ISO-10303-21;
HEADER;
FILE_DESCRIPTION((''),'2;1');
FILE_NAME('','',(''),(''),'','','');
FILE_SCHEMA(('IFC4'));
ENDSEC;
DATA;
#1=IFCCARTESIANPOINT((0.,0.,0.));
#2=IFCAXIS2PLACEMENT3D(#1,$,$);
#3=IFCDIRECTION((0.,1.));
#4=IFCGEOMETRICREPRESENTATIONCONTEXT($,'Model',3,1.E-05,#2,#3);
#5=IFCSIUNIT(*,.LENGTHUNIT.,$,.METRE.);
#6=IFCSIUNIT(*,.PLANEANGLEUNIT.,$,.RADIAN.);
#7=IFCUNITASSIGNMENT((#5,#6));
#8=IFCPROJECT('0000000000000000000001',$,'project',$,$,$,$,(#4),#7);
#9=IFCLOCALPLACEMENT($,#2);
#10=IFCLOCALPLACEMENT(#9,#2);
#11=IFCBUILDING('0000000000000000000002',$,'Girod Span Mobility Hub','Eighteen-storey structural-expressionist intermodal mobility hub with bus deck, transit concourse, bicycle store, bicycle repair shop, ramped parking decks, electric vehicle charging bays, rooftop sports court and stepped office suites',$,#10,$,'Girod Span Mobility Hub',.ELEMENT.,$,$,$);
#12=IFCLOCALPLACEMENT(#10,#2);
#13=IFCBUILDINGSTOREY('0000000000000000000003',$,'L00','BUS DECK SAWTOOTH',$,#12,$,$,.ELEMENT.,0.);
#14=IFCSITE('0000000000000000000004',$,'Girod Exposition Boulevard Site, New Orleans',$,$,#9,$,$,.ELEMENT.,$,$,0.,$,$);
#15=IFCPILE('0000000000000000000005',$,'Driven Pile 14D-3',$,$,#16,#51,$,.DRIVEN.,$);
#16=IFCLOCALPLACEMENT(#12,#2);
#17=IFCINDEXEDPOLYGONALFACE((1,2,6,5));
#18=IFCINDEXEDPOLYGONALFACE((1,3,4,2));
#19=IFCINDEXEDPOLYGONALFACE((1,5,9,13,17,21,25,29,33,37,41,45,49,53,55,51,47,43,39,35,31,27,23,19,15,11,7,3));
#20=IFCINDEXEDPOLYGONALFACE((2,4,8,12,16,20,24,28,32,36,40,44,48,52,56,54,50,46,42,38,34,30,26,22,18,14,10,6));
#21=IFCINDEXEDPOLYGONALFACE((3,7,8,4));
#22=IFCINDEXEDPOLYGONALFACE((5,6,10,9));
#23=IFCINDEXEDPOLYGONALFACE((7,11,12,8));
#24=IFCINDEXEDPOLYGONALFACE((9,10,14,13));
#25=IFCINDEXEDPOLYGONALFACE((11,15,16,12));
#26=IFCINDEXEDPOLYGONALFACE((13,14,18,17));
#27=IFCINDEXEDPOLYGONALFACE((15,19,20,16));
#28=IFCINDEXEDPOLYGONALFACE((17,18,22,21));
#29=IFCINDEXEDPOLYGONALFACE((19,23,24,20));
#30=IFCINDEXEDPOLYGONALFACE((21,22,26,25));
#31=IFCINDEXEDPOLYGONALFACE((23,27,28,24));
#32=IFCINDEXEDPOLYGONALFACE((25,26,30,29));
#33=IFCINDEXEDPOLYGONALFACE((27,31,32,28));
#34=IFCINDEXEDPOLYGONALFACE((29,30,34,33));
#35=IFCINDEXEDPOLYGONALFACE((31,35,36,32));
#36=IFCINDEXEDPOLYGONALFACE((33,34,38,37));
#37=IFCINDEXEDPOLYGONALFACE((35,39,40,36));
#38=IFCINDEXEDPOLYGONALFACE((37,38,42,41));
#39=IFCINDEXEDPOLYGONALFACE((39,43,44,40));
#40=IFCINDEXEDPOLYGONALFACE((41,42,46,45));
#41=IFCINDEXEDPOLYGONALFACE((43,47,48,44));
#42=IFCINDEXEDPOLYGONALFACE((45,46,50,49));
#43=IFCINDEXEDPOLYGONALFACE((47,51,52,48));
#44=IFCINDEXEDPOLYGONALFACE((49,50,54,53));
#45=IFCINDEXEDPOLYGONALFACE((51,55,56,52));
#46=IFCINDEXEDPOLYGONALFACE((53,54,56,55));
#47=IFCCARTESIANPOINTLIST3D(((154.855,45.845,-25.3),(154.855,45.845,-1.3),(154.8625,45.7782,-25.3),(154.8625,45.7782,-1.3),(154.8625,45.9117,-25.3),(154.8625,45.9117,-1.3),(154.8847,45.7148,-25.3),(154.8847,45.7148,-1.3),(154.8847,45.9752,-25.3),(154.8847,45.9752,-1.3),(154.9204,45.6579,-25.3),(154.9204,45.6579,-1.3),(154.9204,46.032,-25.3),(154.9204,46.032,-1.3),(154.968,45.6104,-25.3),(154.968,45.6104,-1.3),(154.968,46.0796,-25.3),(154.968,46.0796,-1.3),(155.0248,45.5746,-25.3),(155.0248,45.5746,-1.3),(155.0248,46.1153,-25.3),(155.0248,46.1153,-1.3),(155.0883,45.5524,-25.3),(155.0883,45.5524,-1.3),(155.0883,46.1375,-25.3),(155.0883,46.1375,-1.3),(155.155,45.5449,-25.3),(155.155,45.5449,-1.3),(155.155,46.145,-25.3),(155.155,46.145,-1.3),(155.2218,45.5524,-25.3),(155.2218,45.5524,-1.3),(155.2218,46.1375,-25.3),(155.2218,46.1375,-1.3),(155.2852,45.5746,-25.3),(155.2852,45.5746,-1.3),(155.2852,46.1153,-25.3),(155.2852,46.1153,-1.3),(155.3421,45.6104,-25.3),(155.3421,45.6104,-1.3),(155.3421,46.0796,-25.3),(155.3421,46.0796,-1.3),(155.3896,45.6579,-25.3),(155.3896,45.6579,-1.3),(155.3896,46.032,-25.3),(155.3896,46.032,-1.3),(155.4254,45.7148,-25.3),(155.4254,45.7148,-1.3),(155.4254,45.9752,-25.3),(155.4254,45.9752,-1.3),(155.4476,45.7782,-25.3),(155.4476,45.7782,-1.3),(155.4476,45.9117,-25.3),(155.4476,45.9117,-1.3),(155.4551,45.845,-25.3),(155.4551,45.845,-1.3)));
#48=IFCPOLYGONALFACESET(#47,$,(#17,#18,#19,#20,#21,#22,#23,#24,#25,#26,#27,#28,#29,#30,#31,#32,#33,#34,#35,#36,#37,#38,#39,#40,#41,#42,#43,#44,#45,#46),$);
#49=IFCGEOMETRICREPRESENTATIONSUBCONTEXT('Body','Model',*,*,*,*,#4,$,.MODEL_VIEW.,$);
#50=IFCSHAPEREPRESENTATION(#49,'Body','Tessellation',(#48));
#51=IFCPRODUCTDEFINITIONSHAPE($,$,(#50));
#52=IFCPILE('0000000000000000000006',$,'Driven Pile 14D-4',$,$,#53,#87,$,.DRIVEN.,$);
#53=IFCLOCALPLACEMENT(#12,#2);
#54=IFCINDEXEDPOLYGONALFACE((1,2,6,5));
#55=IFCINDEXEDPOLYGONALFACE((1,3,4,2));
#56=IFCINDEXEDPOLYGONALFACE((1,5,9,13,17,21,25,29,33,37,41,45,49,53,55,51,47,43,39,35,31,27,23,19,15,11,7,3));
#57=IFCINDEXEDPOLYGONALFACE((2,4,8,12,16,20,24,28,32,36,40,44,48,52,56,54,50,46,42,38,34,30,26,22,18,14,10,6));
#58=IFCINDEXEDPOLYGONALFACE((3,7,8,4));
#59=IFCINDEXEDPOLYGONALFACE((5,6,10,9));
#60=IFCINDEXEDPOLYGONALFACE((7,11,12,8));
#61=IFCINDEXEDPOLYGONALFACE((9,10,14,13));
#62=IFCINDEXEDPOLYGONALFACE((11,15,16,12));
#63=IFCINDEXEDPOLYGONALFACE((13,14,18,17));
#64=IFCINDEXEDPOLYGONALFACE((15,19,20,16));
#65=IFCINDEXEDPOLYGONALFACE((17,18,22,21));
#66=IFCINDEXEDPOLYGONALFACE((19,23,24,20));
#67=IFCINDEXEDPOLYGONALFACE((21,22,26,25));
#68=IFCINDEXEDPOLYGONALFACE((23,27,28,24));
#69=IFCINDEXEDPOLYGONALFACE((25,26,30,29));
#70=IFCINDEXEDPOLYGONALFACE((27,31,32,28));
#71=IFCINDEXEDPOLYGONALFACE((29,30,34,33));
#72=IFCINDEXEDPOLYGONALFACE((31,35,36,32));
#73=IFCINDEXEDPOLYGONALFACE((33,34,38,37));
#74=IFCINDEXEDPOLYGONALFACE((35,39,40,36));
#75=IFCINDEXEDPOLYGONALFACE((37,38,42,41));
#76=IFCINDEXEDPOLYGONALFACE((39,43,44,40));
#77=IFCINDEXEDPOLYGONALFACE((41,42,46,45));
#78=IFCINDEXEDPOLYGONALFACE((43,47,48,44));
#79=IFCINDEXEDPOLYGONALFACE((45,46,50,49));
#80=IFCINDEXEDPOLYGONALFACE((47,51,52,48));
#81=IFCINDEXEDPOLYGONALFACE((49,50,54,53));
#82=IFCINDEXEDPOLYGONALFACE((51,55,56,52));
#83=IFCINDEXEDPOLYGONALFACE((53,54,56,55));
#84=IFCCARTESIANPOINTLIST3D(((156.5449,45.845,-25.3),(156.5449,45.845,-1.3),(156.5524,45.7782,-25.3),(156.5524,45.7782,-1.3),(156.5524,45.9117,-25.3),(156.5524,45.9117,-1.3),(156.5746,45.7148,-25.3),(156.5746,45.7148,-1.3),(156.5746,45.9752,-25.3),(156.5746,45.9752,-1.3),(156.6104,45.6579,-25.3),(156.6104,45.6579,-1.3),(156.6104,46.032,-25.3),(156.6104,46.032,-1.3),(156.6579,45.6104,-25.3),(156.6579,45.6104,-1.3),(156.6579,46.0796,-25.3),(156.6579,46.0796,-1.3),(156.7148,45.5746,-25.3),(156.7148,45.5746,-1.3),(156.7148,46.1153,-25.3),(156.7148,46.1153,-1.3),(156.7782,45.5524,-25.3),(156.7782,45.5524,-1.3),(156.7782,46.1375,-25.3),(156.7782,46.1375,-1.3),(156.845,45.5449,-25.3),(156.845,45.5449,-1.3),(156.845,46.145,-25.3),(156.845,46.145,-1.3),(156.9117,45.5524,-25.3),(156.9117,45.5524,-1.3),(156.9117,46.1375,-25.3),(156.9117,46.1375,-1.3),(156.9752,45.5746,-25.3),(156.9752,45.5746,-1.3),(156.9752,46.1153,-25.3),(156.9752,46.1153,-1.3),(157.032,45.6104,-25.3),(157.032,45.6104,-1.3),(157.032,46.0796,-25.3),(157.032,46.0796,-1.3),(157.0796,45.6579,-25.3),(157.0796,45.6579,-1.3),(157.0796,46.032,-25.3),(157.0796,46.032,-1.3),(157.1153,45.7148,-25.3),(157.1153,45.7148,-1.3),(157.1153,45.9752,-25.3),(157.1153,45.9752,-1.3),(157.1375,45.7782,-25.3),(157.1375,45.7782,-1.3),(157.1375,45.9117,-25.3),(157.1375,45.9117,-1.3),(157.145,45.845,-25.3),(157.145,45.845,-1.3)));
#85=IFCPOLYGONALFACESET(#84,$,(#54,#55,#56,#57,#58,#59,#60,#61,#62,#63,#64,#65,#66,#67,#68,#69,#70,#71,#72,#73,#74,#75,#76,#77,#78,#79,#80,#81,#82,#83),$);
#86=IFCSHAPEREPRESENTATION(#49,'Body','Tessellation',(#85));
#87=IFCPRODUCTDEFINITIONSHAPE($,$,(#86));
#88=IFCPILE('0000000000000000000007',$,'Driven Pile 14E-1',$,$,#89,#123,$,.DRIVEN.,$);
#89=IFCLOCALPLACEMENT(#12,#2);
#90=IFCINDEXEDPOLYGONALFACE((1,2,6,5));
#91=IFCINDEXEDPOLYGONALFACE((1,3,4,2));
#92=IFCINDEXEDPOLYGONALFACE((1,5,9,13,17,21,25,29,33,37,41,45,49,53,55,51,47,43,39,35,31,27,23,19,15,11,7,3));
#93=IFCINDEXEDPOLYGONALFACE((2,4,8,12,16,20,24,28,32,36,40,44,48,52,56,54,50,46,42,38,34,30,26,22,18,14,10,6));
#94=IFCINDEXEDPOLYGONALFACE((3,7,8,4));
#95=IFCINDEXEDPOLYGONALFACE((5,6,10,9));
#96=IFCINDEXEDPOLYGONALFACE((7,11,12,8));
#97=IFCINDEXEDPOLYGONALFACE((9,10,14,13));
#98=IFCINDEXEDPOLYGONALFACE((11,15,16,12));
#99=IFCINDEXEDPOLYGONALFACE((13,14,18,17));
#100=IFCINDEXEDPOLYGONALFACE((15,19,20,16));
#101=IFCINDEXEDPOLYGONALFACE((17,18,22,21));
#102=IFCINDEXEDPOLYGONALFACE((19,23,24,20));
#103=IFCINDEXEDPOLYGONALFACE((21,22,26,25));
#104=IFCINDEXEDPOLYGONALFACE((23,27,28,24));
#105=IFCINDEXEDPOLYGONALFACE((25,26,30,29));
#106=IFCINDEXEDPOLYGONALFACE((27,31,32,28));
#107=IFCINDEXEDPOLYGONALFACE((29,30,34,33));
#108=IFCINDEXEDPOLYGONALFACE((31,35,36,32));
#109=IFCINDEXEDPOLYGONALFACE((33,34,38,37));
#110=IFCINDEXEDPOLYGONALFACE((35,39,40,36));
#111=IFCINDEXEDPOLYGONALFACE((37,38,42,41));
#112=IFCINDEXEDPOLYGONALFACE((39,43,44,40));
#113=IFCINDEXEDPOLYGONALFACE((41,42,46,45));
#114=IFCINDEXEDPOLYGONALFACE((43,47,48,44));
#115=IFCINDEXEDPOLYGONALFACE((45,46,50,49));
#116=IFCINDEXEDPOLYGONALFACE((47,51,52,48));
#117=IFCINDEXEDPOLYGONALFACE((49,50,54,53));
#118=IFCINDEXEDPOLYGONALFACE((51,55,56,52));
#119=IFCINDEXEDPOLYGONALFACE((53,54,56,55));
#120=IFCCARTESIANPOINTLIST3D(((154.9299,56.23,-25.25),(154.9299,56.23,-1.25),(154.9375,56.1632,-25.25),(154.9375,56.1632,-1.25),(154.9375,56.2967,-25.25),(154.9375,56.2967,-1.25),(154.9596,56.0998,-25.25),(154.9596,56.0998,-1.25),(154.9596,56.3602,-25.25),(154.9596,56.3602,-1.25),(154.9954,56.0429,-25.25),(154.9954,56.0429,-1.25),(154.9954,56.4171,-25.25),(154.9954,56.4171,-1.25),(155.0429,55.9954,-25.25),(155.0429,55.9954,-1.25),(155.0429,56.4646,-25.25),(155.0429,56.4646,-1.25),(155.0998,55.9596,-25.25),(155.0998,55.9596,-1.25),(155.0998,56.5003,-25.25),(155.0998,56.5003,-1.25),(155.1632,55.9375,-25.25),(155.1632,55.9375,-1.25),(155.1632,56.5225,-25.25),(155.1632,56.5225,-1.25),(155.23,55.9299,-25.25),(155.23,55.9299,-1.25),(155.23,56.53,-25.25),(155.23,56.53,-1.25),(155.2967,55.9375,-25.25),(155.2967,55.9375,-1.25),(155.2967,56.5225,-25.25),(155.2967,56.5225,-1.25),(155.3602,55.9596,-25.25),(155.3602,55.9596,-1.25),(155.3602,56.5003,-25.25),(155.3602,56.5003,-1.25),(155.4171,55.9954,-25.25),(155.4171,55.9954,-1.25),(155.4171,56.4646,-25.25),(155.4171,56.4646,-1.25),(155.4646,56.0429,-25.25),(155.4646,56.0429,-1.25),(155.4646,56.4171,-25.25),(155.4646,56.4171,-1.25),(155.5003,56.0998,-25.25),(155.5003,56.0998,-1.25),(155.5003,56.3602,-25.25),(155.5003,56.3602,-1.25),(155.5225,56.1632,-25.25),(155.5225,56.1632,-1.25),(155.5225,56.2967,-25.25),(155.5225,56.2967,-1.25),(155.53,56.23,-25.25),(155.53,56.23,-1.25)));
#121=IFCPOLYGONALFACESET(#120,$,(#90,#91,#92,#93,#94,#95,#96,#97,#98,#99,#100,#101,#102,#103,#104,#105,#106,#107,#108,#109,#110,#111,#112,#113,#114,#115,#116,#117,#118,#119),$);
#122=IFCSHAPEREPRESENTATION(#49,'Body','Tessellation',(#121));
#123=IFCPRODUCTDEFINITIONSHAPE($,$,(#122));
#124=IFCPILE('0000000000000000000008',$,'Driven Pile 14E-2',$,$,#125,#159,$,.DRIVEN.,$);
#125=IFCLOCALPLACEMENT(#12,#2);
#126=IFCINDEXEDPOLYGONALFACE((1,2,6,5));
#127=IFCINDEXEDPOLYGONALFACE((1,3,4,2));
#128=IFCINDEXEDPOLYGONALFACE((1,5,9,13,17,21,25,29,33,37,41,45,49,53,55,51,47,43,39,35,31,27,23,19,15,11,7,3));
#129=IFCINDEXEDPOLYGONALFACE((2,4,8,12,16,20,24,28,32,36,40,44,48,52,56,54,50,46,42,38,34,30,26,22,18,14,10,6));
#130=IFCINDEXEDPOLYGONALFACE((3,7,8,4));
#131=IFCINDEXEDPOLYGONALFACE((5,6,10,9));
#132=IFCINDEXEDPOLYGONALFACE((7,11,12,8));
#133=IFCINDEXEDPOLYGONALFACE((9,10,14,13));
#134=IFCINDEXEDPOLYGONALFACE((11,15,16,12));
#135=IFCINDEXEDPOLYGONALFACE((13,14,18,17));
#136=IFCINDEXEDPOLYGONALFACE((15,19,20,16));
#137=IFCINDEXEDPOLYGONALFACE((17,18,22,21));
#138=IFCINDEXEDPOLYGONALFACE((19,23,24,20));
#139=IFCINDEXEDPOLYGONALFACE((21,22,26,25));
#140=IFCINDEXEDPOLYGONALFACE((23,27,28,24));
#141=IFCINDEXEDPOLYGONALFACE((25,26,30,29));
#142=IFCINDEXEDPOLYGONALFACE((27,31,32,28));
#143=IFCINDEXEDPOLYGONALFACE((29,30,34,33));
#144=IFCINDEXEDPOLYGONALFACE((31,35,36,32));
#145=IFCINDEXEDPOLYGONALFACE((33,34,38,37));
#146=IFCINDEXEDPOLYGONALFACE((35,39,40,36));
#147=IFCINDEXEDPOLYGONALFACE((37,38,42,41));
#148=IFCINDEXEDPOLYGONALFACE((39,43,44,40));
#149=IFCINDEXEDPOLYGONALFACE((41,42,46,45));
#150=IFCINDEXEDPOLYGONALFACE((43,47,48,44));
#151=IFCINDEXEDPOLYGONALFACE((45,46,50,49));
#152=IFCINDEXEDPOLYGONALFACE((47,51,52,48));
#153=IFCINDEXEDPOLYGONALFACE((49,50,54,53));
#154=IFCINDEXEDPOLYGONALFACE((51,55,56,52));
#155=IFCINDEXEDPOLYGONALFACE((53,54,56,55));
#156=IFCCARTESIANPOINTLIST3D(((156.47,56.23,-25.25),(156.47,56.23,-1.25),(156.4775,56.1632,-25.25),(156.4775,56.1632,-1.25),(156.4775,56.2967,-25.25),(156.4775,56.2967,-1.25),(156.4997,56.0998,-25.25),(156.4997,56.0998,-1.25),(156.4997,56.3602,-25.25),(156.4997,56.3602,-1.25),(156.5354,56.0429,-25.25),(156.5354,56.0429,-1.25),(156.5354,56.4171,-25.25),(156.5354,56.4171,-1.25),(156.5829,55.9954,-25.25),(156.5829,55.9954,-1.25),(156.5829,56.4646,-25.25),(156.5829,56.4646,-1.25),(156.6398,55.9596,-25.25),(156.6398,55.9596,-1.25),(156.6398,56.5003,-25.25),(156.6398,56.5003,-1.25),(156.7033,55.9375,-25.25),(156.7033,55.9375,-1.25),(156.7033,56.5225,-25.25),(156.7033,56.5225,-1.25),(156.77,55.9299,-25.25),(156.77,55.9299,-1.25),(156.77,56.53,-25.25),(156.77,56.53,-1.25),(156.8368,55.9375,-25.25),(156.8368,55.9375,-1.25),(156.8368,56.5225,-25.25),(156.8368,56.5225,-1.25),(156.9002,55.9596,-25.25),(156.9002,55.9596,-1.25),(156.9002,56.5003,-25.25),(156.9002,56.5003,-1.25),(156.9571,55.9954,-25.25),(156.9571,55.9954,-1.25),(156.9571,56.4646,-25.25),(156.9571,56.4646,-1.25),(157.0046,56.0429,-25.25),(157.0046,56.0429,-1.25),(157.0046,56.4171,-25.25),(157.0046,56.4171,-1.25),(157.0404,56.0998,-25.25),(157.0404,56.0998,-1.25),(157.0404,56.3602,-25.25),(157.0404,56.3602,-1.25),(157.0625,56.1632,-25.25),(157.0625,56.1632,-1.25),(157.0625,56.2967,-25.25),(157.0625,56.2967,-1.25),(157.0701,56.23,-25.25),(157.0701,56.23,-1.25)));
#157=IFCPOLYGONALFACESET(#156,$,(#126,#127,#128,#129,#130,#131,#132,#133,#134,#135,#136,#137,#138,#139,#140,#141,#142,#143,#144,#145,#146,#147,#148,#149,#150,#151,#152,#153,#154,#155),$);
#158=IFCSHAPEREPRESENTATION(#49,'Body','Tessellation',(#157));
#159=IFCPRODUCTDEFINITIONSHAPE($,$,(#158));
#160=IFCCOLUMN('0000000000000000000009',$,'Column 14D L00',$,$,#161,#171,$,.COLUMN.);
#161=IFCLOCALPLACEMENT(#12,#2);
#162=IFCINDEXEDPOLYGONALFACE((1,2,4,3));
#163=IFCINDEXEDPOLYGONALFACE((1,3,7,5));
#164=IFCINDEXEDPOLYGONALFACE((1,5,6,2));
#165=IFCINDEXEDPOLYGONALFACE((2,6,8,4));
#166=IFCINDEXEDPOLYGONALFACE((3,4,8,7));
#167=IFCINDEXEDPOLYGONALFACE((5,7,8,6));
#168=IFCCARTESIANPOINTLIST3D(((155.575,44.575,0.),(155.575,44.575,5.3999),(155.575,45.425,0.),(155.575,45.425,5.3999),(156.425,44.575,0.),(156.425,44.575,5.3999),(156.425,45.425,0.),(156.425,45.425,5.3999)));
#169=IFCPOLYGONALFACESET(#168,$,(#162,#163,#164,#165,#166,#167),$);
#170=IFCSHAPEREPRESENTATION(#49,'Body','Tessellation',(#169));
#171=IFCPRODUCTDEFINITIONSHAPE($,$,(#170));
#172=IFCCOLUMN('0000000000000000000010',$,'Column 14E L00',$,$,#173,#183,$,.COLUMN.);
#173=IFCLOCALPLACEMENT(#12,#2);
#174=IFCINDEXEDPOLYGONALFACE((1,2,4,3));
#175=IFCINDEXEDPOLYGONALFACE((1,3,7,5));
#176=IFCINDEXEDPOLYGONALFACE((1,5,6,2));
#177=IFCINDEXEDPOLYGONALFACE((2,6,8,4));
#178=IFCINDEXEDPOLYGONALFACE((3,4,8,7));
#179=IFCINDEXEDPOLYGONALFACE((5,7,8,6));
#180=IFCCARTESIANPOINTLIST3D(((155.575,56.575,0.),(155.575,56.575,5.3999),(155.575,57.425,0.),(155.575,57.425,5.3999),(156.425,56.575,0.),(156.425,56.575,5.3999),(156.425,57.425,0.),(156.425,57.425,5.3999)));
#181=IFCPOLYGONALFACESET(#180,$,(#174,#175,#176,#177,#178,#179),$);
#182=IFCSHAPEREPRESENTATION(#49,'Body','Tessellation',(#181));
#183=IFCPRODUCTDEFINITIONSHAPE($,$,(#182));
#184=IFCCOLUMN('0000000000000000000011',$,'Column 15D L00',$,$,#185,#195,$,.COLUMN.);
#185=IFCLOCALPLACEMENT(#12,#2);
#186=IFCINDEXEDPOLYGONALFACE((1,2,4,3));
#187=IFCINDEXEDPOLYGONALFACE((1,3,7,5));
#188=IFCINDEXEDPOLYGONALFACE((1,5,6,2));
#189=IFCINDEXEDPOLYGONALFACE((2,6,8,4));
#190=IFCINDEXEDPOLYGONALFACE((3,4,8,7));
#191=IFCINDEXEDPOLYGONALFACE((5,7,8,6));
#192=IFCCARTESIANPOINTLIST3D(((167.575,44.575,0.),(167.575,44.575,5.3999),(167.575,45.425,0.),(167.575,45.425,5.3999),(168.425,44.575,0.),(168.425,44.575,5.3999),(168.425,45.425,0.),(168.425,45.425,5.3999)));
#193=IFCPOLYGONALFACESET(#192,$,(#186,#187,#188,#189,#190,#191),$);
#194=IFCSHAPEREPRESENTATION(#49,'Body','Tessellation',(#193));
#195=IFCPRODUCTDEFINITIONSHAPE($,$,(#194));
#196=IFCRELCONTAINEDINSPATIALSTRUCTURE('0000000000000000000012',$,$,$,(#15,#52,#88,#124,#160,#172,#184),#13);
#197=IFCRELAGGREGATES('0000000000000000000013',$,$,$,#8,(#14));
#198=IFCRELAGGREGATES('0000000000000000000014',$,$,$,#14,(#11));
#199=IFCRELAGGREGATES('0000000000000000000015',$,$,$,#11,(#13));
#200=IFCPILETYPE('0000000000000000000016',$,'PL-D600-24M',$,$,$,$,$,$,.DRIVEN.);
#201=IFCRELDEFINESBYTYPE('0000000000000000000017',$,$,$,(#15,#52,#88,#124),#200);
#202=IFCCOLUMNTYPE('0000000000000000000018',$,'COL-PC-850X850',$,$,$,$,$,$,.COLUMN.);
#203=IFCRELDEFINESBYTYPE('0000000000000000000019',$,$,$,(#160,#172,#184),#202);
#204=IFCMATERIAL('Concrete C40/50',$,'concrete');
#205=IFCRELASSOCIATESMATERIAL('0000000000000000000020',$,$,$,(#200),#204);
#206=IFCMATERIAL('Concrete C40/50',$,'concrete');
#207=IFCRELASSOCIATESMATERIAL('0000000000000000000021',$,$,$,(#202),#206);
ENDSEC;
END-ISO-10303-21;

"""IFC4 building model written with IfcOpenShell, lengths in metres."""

from ifc_helpers import new_model, si_unit, direction, frame, origin, origin_2d, place, context, subcontext, project, spatial, rectangle, circle, extrude, material, material_profile, profile_set, type_object, element, save


model = new_model("IFC4")

# Units and contexts
model_context = context("Model", 3, precision=1e-05, world=origin(), true_north=direction((0.0, 1.0)))
body_context = subcontext(model_context, "Body", "Model", "MODEL_VIEW")
ifc_project = project(units=[si_unit("LENGTHUNIT", "METRE"), si_unit("PLANEANGLEUNIT", "RADIAN")], contexts=[model_context])

# Site, building, storey
site_placement = place(None, origin())
site = spatial("IfcSite", under=ifc_project, at=site_placement, Name="Girod Exposition Boulevard Site, New Orleans", CompositionType="ELEMENT", RefElevation=0.0)
building_placement = place(site_placement, origin())
building = spatial("IfcBuilding", under=site, at=building_placement, Name="Girod Span Mobility Hub", Description="Eighteen-storey structural-expressionist intermodal mobility hub with bus deck, transit concourse, bicycle store, bicycle repair shop, ramped parking decks, electric vehicle charging bays, rooftop sports court and stepped office suites", LongName="Girod Span Mobility Hub", CompositionType="ELEMENT")
storey_placement = place(building_placement, origin())
storey = spatial("IfcBuildingStorey", under=building, at=storey_placement, Name="L00", Description="BUS DECK SAWTOOTH", CompositionType="ELEMENT", Elevation=0.0)

# Piles
ifc_material_1 = material(Name="Concrete C40/50", Category="concrete")
ifc_material_profile_1 = material_profile(ifc_material_1, circle(Radius=0.3, at=origin_2d()), Name="PILE-D600")
ifc_profile_set_1 = profile_set([ifc_material_profile_1], Name="Concrete C40/50")
pile_type_1 = type_object("IfcPileType", Name="PL-D600-24M", PredefinedType="DRIVEN", material=ifc_profile_set_1)
for number, where, z_axis, x_axis, name in (
    (1, (155.155, 45.845, -1.3), (0.0, 0.0, -1.0), (1.0, 0.0, 0.0), "Driven Pile 14D-3"),
    (2, (156.845, 45.845, -1.3), (0.0, 0.0, -1.0), (1.0, 0.0, 0.0), "Driven Pile 14D-4"),
    (3, (155.23, 56.23, -1.25), (0.0, 0.0, -1.0), (1.0, 0.0, 0.0), "Driven Pile 14E-1"),
    (4, (156.77, 56.23, -1.25), (0.0, 0.0, -1.0), (1.0, 0.0, 0.0), "Driven Pile 14E-2"),
):
    element("IfcPile", number, at=place(storey_placement, frame(where, z_axis=z_axis, x_axis=x_axis)), inside=storey, type_object=pile_type_1, Name=name, PredefinedType="DRIVEN", context=body_context, shape_type="SweptSolid", body=[
        extrude(circle(Radius=0.3, at=origin_2d()), origin(), (0.0, 0.0, 1.0), 24.0),
    ])

# Columns
ifc_material_2 = material(Name="Concrete C40/50", Category="concrete")
ifc_material_profile_2 = material_profile(ifc_material_2, rectangle(XDim=0.8501, YDim=0.8501, at=origin_2d()), Name="PC-COL-850X850")
ifc_profile_set_2 = profile_set([ifc_material_profile_2], Name="Concrete C40/50")
column_type = type_object("IfcColumnType", Name="COL-PC-850X850", PredefinedType="COLUMN", material=ifc_profile_set_2)
for number, where, z_axis, x_axis, name in (
    (5, (156.0, 45.0, 0.0), (0.0, 0.0, 1.0), (1.0, 0.0, 0.0), "Column 14D L00"),
    (6, (156.0, 57.0, 0.0), (0.0, 0.0, 1.0), (1.0, 0.0, 0.0), "Column 14E L00"),
    (7, (168.0, 45.0, 0.0), (0.0, 0.0, 1.0), (1.0, 0.0, 0.0), "Column 15D L00"),
):
    element("IfcColumn", number, at=place(storey_placement, frame(where, z_axis=z_axis, x_axis=x_axis)), inside=storey, type_object=column_type, Name=name, PredefinedType="COLUMN", context=body_context, shape_type="SweptSolid", body=[
        extrude(rectangle(XDim=0.8501, YDim=0.8501, at=origin_2d()), origin(), (0.0, 0.0, 1.0), 5.3999),
    ])

save(model, "model.ifc")
